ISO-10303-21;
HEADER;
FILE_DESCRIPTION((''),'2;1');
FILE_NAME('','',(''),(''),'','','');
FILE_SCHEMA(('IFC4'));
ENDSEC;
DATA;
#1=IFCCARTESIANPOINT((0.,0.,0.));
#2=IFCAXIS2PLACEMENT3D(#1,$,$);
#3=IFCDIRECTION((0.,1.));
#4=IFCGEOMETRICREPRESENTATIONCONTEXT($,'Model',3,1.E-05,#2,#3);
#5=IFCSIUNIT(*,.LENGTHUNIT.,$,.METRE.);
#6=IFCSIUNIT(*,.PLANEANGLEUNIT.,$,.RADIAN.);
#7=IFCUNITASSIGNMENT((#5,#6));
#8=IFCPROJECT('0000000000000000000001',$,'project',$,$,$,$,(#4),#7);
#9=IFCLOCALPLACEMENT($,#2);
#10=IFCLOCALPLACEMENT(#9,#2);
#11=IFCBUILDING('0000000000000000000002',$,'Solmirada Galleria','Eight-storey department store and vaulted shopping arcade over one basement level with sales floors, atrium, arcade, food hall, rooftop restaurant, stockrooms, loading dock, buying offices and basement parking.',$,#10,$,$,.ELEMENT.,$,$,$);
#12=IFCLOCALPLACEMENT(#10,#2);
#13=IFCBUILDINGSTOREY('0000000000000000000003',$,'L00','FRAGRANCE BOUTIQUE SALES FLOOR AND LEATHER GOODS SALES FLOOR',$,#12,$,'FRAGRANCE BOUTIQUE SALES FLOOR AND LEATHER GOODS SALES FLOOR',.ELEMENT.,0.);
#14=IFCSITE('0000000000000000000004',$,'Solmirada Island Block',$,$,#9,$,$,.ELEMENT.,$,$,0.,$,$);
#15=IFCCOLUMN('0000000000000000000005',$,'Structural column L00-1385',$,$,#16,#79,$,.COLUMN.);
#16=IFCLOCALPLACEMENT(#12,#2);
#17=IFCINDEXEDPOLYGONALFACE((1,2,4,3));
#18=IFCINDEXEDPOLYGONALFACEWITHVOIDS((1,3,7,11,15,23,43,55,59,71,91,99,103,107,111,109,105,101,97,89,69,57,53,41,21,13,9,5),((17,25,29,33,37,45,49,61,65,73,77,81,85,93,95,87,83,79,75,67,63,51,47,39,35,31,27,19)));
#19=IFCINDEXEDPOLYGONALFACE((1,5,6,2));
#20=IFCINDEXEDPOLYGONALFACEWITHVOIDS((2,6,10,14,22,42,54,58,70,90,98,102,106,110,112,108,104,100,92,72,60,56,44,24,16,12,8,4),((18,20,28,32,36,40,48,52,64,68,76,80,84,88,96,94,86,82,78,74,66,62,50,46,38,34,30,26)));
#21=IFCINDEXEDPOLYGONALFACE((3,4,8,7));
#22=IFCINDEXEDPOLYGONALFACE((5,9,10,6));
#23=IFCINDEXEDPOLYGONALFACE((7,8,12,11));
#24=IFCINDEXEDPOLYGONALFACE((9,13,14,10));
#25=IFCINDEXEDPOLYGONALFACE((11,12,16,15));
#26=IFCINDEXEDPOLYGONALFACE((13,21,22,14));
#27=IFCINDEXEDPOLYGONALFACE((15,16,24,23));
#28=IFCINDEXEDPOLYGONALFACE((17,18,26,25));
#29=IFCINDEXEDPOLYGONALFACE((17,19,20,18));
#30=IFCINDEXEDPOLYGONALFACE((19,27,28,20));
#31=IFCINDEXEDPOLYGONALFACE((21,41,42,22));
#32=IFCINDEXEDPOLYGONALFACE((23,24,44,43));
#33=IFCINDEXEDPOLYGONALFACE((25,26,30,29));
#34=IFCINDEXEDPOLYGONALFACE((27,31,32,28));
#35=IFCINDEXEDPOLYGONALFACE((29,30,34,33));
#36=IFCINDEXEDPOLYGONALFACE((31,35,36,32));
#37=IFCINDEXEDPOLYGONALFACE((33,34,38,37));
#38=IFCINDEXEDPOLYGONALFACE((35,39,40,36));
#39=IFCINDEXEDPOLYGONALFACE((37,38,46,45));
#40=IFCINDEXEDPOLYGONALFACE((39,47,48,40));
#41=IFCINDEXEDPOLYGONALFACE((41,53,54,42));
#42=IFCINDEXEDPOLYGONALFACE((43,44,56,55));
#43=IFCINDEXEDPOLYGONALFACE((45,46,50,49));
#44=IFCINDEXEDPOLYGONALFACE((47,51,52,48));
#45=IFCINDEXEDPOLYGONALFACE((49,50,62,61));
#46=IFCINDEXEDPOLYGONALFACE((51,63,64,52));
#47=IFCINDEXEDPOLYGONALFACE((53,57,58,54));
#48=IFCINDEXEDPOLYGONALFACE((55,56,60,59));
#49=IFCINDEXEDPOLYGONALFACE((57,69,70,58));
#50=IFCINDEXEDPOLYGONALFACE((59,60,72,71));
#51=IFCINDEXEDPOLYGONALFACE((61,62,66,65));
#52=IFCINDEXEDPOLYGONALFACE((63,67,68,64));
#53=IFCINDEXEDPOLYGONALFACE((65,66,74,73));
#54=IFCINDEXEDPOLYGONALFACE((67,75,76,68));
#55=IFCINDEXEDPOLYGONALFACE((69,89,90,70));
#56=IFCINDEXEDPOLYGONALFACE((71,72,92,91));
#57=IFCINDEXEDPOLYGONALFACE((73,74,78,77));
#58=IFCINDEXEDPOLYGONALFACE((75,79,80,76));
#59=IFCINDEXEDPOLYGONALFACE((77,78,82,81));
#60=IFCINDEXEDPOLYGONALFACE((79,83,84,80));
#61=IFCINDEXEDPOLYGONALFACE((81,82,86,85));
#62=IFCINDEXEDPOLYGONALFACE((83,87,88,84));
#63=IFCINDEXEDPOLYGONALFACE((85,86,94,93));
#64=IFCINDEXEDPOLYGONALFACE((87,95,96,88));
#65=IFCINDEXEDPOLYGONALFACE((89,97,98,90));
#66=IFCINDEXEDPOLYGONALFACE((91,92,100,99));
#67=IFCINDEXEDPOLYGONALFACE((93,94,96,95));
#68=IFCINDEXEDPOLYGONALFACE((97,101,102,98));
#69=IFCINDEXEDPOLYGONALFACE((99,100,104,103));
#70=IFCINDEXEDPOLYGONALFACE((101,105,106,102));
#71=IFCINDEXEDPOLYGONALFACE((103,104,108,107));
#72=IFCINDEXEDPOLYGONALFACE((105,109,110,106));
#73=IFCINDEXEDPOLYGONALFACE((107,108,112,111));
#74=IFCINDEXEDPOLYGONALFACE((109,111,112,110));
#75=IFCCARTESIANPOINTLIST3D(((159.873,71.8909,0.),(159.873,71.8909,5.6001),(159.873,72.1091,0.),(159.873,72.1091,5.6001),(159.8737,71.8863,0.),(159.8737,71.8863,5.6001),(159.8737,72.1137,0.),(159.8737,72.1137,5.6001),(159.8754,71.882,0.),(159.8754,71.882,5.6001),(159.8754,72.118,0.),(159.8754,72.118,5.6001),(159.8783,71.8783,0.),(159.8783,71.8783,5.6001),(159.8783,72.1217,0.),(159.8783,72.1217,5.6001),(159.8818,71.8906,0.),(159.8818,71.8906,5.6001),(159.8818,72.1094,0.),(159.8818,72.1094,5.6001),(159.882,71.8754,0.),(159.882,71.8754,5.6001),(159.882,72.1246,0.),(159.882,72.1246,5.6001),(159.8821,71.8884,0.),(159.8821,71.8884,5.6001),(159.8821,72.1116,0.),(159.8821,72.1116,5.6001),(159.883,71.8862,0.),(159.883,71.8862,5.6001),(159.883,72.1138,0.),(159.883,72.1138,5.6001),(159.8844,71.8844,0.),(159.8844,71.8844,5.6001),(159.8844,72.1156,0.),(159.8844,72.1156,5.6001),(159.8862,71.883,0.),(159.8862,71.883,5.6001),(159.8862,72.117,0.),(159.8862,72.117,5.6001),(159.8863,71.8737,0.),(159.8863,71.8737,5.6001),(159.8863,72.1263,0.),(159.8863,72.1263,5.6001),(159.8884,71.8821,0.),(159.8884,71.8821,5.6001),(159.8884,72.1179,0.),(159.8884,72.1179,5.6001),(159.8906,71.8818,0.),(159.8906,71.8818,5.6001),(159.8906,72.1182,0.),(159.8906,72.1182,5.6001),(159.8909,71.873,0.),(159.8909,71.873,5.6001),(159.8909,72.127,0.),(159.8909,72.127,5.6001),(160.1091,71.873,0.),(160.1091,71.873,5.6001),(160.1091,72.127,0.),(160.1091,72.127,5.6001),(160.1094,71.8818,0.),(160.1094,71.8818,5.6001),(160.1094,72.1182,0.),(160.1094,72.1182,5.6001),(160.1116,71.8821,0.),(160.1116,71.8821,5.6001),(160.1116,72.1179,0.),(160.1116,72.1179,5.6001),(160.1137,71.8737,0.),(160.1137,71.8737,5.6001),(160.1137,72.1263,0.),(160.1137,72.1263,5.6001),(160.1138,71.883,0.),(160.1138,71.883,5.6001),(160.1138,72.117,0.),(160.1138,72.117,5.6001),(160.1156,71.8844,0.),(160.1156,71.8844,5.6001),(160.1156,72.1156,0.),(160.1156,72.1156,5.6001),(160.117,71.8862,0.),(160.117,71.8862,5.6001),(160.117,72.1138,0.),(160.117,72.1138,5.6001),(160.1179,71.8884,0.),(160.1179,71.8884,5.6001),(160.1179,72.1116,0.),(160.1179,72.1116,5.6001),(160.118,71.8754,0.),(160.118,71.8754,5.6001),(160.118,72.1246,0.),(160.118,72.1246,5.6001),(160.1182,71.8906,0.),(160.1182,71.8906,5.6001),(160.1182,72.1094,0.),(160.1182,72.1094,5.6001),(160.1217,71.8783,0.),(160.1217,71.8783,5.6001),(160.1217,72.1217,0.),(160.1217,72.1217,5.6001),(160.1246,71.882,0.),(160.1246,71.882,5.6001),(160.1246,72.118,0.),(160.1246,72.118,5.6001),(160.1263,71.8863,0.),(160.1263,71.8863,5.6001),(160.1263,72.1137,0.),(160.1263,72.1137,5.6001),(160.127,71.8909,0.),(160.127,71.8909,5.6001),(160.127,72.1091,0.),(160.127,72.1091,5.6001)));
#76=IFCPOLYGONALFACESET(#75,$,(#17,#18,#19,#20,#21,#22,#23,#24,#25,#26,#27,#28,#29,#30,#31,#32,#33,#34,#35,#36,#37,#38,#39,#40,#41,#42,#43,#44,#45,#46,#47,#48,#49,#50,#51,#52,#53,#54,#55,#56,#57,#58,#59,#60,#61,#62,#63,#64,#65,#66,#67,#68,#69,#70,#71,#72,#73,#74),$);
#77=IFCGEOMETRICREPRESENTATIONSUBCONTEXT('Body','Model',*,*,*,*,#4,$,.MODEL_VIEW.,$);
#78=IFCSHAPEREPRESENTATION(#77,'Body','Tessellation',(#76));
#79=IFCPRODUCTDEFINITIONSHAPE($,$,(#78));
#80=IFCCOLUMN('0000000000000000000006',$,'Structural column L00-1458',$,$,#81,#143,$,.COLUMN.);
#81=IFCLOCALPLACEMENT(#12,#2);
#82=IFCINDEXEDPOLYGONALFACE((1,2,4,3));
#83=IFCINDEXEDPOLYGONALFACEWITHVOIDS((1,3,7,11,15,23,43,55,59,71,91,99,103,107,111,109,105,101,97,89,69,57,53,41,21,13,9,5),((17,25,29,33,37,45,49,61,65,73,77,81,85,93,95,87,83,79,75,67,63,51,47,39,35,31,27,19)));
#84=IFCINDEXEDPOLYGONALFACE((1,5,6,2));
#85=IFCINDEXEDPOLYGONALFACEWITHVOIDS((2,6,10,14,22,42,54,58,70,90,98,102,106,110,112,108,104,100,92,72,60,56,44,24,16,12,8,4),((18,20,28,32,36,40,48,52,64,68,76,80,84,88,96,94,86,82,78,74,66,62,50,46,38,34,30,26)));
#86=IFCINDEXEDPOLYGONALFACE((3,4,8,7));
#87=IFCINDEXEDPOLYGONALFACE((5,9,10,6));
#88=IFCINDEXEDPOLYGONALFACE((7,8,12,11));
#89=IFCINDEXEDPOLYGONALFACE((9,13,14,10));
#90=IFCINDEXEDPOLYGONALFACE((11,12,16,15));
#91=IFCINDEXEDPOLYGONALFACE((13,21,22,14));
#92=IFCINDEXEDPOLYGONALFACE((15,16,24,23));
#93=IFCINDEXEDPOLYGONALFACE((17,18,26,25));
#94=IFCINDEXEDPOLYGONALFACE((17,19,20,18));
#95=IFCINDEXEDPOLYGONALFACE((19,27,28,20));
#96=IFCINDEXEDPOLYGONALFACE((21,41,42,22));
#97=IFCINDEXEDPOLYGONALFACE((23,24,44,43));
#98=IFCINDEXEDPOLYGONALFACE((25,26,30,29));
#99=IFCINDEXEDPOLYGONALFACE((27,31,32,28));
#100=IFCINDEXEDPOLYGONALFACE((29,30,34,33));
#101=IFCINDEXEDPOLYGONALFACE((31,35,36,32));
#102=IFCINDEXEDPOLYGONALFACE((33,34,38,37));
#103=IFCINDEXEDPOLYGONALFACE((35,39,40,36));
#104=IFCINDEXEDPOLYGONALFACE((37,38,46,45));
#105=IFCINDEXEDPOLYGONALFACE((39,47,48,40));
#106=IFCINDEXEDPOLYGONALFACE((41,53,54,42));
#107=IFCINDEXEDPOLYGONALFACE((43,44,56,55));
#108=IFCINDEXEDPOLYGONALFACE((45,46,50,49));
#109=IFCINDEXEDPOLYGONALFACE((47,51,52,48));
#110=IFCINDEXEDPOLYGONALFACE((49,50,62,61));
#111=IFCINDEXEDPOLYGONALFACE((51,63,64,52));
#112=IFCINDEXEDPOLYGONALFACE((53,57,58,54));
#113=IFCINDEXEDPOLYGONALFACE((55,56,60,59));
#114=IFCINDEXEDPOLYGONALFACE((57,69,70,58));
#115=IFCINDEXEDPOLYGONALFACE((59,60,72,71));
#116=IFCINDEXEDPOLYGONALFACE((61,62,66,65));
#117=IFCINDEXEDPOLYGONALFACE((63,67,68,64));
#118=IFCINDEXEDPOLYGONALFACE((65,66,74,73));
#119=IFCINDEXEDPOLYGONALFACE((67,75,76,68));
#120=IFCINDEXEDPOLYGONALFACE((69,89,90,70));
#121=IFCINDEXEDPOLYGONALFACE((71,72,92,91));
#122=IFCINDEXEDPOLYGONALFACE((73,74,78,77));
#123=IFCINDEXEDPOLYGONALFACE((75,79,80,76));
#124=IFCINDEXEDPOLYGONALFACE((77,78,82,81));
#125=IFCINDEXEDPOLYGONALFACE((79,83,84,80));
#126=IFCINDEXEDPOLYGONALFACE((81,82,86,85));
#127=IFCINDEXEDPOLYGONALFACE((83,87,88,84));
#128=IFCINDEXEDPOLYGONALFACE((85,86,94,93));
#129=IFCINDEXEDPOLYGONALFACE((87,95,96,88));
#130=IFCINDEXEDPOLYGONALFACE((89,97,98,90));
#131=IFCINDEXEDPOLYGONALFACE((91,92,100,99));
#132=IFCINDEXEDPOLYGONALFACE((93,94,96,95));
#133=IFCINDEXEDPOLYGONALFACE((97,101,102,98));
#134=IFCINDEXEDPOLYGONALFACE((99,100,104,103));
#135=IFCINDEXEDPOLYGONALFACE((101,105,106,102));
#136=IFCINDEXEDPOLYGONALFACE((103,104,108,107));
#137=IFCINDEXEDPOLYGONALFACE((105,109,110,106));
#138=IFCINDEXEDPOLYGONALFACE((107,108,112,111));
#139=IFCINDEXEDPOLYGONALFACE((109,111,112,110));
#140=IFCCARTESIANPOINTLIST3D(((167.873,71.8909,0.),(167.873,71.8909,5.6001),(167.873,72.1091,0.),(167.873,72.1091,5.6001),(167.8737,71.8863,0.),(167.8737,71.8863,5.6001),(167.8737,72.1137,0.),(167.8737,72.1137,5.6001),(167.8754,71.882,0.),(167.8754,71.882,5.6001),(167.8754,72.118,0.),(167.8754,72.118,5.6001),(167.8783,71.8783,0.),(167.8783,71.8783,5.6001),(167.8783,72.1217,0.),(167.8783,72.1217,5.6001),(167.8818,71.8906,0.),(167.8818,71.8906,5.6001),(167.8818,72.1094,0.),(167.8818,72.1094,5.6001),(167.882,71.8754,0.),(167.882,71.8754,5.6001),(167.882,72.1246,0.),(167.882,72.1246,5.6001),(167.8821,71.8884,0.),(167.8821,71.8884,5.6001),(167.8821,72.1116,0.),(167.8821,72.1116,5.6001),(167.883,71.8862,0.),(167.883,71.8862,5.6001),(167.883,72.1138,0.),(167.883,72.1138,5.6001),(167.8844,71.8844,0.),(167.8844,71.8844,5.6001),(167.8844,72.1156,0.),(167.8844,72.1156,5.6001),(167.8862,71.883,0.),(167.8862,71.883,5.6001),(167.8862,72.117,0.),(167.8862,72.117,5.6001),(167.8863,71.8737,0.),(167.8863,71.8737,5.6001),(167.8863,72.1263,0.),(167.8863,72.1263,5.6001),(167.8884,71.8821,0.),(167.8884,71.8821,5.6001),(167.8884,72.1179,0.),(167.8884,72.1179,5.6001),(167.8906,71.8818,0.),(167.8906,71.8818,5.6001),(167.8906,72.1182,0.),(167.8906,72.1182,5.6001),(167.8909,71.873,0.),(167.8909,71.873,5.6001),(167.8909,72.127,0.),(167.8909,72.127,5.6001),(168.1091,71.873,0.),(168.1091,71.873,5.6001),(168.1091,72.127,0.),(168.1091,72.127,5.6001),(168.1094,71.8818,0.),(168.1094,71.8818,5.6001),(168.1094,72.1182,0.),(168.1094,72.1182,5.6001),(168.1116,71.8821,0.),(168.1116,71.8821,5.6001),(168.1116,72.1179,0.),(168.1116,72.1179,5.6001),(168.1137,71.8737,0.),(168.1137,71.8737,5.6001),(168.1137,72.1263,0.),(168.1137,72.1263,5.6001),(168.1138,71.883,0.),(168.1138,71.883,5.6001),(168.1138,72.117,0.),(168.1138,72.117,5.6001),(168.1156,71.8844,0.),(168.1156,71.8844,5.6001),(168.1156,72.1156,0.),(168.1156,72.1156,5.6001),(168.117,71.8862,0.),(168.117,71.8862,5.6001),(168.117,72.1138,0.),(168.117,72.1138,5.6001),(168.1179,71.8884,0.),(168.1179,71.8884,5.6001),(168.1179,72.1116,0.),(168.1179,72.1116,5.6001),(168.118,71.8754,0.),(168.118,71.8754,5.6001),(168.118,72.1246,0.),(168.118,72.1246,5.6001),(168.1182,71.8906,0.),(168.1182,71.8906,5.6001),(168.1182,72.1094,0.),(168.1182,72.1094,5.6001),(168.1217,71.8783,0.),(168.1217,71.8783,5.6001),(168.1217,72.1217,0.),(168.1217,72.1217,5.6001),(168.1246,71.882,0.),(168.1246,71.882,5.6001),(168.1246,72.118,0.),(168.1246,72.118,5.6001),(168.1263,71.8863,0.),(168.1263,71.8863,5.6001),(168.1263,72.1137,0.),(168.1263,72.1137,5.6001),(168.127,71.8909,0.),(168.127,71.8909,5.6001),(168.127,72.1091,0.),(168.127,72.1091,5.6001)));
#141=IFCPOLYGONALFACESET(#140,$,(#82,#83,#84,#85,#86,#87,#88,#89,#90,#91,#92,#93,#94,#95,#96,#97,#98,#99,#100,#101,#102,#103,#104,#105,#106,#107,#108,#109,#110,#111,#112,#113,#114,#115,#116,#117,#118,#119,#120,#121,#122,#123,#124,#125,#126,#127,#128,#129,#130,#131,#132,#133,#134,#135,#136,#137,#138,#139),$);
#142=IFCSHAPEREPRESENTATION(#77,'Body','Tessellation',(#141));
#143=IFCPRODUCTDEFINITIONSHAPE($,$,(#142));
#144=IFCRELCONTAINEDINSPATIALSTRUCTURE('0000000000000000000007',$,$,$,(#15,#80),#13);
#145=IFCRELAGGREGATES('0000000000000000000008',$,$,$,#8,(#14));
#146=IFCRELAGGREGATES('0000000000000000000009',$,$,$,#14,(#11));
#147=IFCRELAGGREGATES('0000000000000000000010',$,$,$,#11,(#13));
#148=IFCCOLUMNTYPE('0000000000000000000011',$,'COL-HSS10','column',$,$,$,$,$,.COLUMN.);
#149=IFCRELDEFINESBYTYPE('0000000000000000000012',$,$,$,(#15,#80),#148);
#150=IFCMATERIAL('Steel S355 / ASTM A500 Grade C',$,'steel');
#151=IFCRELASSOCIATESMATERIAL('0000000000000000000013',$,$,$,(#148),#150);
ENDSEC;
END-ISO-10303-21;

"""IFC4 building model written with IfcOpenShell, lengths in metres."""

from ifc_helpers import new_model, si_unit, direction, frame, origin, origin_2d, place, context, subcontext, project, spatial, hollow_rectangle, extrude, material, material_profile, profile_set, type_object, element, save


model = new_model("IFC4")

# Units and contexts
model_context = context("Model", 3, precision=1e-05, world=origin(), true_north=direction((0.0, 1.0)))
body_context = subcontext(model_context, "Body", "Model", "MODEL_VIEW")
ifc_project = project(units=[si_unit("LENGTHUNIT", "METRE"), si_unit("PLANEANGLEUNIT", "RADIAN")], contexts=[model_context])

# Site, building, storey
site_placement = place(None, origin())
site = spatial("IfcSite", under=ifc_project, at=site_placement, Name="Solmirada Island Block", CompositionType="ELEMENT", RefElevation=0.0)
building_placement = place(site_placement, origin())
building = spatial("IfcBuilding", under=site, at=building_placement, Name="Solmirada Galleria", Description="Eight-storey department store and vaulted shopping arcade over one basement level with sales floors, atrium, arcade, food hall, rooftop restaurant, stockrooms, loading dock, buying offices and basement parking.", CompositionType="ELEMENT")
storey_placement = place(building_placement, origin())
storey = spatial("IfcBuildingStorey", under=building, at=storey_placement, Name="L00", Description="FRAGRANCE BOUTIQUE SALES FLOOR AND LEATHER GOODS SALES FLOOR", LongName="FRAGRANCE BOUTIQUE SALES FLOOR AND LEATHER GOODS SALES FLOOR", CompositionType="ELEMENT", Elevation=0.0)

# Columns
ifc_material_1 = material(Name="Steel S355 / ASTM A500 Grade C", Category="steel")
ifc_material_profile_1 = material_profile(ifc_material_1, hollow_rectangle(XDim=0.2539, YDim=0.2539, WallThickness=0.0088, InnerFilletRadius=0.0088, OuterFilletRadius=0.0178, at=origin_2d()), Name="HSS10X10X3/8")
ifc_profile_set_1 = profile_set([ifc_material_profile_1], Name="Steel S355 / ASTM A500 Grade C")
column_type_1 = type_object("IfcColumnType", Name="COL-HSS10", Description="column", PredefinedType="COLUMN", material=ifc_profile_set_1)
for number, where, z_axis, x_axis, name in (
    (1, (160.0, 72.0, 0.0), (0.0, 0.0, 1.0), (1.0, 0.0, 0.0), "Structural column L00-1385"),
    (2, (168.0, 72.0, 0.0), (0.0, 0.0, 1.0), (1.0, 0.0, 0.0), "Structural column L00-1458"),
):
    element("IfcColumn", number, at=place(storey_placement, frame(where, z_axis=z_axis, x_axis=x_axis)), inside=storey, type_object=column_type_1, Name=name, PredefinedType="COLUMN", context=body_context, shape_type="SweptSolid", body=[
        extrude(hollow_rectangle(XDim=0.2539, YDim=0.2539, WallThickness=0.0088, InnerFilletRadius=0.0088, OuterFilletRadius=0.0178, at=origin_2d()), origin(), (0.0, 0.0, 1.0), 5.6001),
    ])

save(model, "model.ifc")
